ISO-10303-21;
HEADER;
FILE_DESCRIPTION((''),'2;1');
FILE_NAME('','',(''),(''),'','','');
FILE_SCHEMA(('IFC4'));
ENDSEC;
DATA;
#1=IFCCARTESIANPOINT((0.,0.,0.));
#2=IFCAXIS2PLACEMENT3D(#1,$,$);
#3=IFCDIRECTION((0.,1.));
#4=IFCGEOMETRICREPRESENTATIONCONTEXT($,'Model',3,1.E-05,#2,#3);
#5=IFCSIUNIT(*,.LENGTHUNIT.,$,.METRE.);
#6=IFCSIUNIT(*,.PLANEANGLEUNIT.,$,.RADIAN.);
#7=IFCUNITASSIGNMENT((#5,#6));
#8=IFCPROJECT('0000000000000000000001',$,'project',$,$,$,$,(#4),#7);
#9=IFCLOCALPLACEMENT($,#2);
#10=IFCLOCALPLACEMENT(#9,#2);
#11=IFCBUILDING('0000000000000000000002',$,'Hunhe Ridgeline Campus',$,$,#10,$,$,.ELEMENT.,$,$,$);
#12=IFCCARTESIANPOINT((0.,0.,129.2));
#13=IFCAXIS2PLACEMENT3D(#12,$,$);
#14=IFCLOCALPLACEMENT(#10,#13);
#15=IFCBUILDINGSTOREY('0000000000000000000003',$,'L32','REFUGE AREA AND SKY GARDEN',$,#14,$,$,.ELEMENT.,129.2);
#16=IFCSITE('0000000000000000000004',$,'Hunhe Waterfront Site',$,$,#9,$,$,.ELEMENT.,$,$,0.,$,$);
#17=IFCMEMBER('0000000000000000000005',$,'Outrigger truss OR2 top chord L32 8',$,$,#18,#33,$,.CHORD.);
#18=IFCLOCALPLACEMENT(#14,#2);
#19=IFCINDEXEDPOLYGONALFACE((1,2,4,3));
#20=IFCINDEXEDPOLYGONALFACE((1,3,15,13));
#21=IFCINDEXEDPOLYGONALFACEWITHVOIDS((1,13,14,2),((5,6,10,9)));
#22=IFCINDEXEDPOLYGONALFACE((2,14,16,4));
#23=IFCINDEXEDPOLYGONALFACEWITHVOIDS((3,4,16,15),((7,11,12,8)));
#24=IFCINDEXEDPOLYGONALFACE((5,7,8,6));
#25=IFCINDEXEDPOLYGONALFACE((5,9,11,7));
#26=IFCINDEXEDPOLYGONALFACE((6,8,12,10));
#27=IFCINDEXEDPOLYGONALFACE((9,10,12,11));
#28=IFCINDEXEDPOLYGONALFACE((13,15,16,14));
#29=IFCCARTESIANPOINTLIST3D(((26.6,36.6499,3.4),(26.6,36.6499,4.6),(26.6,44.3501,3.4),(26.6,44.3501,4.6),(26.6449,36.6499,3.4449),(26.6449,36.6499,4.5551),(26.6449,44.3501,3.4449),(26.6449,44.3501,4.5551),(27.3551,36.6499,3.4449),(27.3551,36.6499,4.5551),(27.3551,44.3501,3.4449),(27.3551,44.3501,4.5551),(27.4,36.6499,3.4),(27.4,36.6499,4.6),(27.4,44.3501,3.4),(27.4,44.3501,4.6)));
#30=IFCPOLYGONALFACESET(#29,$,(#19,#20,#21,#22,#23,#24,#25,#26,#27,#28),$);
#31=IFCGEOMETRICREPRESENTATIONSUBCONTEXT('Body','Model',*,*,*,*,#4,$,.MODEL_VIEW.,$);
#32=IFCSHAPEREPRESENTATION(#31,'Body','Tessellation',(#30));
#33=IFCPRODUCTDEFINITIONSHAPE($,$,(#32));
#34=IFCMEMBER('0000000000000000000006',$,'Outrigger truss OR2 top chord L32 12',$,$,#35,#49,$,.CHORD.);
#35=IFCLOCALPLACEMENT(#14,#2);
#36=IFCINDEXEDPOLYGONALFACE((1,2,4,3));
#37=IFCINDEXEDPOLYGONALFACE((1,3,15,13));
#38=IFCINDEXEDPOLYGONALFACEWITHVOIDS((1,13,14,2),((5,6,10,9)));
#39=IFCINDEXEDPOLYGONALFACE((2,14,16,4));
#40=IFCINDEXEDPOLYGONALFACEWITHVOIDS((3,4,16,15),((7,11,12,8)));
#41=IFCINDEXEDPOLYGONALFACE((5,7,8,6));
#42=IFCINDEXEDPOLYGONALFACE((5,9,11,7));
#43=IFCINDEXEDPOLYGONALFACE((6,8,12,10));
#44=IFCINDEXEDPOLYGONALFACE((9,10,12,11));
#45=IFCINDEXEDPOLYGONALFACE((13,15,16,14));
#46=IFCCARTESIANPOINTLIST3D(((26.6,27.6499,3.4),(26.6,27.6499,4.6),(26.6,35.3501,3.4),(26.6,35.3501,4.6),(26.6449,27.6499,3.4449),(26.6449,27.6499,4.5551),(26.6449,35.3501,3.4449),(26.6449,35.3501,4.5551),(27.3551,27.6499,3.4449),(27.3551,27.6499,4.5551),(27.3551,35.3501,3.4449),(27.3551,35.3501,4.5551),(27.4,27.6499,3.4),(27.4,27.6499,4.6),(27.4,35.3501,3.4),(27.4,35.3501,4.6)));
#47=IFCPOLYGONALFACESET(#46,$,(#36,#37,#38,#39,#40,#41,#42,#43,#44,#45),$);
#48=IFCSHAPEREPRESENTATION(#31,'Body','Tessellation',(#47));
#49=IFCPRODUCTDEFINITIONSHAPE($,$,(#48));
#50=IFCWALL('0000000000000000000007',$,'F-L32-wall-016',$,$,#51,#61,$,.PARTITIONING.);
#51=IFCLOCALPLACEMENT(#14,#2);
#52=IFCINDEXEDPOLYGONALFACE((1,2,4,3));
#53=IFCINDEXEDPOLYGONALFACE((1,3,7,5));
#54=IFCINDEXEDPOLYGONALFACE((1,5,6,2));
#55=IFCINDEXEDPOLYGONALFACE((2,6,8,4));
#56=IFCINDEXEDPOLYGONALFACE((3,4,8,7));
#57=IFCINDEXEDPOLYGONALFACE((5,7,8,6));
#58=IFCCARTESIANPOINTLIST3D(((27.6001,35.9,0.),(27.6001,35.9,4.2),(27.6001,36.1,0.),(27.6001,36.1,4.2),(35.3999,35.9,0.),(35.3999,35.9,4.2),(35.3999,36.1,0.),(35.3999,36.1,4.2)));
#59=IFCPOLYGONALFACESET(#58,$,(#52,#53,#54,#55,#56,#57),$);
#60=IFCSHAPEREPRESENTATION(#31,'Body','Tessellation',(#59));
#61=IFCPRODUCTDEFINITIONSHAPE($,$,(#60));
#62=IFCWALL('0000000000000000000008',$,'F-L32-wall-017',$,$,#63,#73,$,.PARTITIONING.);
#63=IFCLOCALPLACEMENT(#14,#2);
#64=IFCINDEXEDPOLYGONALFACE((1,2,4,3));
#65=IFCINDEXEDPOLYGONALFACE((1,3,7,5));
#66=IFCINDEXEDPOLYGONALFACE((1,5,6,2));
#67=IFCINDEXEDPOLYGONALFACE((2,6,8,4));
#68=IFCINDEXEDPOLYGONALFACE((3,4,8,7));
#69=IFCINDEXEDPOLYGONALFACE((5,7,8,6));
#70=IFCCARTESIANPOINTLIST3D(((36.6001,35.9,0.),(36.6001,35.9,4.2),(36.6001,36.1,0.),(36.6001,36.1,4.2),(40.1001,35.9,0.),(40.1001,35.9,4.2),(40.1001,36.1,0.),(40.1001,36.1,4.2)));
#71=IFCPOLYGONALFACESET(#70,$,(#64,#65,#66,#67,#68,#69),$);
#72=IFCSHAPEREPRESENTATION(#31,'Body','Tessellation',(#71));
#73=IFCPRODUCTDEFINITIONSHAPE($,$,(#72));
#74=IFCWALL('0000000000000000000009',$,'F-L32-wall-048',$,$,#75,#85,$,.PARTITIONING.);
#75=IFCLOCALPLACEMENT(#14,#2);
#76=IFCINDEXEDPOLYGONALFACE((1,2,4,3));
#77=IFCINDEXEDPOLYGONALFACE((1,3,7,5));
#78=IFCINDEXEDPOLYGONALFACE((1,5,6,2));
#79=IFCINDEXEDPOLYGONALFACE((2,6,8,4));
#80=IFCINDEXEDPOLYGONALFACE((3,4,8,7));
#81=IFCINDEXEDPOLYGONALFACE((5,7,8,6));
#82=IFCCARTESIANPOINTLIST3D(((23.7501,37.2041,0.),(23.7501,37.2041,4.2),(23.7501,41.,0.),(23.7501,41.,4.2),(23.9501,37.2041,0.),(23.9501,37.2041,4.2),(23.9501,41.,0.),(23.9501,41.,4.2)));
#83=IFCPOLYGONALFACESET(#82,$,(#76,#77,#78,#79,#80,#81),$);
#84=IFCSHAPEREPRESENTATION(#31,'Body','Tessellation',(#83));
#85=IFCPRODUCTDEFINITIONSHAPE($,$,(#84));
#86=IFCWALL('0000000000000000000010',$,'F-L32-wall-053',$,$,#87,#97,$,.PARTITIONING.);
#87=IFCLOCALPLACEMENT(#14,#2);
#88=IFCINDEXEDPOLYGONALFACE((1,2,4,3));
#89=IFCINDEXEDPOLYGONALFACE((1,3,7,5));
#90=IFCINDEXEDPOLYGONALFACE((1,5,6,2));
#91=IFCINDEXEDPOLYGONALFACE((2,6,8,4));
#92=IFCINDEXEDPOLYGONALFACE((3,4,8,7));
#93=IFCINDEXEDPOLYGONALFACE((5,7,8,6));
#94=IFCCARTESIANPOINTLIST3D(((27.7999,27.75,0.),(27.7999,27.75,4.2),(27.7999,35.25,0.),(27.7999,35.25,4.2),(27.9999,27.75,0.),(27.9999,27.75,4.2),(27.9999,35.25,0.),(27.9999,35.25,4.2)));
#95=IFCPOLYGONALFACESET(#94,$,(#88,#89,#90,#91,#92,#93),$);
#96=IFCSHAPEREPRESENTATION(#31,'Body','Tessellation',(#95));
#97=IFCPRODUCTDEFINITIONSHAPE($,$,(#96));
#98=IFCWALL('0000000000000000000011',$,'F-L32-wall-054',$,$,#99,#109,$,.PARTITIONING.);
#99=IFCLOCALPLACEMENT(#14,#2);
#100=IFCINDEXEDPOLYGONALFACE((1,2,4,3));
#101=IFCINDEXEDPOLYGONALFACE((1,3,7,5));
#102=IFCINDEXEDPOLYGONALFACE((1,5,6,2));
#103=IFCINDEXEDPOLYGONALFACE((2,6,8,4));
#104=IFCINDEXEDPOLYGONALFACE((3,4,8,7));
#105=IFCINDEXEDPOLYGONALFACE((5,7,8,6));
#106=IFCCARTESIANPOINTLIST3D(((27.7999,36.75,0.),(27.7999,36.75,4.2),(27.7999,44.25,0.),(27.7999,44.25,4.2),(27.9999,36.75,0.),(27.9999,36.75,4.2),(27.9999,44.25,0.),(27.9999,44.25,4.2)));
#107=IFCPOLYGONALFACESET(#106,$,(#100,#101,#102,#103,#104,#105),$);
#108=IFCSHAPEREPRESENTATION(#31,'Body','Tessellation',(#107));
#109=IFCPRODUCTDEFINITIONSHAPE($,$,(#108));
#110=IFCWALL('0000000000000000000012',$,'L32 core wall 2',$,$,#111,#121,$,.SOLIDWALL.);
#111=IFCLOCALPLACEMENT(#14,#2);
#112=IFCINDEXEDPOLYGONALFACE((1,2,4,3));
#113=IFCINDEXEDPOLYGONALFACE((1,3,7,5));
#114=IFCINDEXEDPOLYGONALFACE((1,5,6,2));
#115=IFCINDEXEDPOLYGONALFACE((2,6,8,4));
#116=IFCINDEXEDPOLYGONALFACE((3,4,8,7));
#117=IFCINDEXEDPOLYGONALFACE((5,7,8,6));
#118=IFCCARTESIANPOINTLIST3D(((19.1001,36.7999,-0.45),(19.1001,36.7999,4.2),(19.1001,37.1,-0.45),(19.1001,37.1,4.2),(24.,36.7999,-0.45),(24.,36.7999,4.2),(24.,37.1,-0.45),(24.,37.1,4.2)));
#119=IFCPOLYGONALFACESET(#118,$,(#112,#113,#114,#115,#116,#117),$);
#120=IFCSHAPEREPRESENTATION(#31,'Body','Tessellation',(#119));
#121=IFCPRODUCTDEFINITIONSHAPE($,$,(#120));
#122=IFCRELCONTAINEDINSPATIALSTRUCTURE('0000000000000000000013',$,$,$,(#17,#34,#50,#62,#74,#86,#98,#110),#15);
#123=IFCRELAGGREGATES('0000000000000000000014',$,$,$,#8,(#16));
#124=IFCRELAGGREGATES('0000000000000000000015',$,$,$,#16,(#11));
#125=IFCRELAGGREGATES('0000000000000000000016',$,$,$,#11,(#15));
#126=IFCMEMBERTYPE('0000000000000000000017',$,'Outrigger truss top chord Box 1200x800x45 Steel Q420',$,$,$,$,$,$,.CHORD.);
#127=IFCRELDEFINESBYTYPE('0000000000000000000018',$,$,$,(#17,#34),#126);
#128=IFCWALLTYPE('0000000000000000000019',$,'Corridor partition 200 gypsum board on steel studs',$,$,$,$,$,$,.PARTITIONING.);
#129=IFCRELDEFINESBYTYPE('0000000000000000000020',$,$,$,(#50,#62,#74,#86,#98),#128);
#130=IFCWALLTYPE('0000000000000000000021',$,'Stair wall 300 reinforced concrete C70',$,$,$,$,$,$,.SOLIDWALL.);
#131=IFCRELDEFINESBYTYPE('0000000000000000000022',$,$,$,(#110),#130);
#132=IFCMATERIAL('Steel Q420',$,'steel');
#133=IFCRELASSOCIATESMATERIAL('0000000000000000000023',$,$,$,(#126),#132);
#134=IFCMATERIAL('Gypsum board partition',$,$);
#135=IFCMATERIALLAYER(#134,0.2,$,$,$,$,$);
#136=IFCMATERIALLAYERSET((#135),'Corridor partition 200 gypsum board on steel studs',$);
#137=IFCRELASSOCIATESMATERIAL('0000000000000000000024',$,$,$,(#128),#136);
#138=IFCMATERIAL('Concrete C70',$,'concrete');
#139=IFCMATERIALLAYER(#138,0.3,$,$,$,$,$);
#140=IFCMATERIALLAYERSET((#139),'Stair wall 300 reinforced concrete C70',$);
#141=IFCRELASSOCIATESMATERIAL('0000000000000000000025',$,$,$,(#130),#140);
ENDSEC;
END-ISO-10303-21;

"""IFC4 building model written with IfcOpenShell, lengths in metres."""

from ifc_helpers import new_model, si_unit, direction, frame, frame_2d, origin, origin_2d, place, context, subcontext, project, spatial, rectangle, hollow_rectangle, extrude, material, layer, layer_set, material_profile, profile_set, type_object, element, save


model = new_model("IFC4")

# Units and contexts
model_context = context("Model", 3, precision=1e-05, world=origin(), true_north=direction((0.0, 1.0)))
body_context = subcontext(model_context, "Body", "Model", "MODEL_VIEW")
ifc_project = project(units=[si_unit("LENGTHUNIT", "METRE"), si_unit("PLANEANGLEUNIT", "RADIAN")], contexts=[model_context])

# Site, building, storey
site_placement = place(None, origin())
site = spatial("IfcSite", under=ifc_project, at=site_placement, Name="Hunhe Waterfront Site", CompositionType="ELEMENT", RefElevation=0.0)
building_placement = place(site_placement, origin())
building = spatial("IfcBuilding", under=site, at=building_placement, Name="Hunhe Ridgeline Campus", CompositionType="ELEMENT")
storey_placement = place(building_placement, frame((0.0, 0.0, 129.2)))
storey = spatial("IfcBuildingStorey", under=building, at=storey_placement, Name="L32", Description="REFUGE AREA AND SKY GARDEN", CompositionType="ELEMENT", Elevation=129.2)

# Shared definitions
ifc_material_1 = material(Name="Concrete C70", Category="concrete")

# Members
ifc_material_2 = material(Name="Steel Q420", Category="steel")
ifc_material_profile_1 = material_profile(ifc_material_2, hollow_rectangle(XDim=0.8, YDim=1.2, WallThickness=0.0449, at=origin_2d()))
ifc_profile_set_1 = profile_set([ifc_material_profile_1], Name="Steel Q420")
member_type_1 = type_object("IfcMemberType", Name="Outrigger truss top chord Box 1200x800x45 Steel Q420", PredefinedType="CHORD", material=ifc_profile_set_1)
for number, where, z_axis, x_axis, name in (
    (1, (27.0, 44.3501, 4.0), (0.0, -1.0, 0.0), (1.0, 0.0, 0.0), "Outrigger truss OR2 top chord L32 8"),
    (2, (27.0, 35.3501, 4.0), (0.0, -1.0, 0.0), (1.0, 0.0, 0.0), "Outrigger truss OR2 top chord L32 12"),
):
    element("IfcMember", number, at=place(storey_placement, frame(where, z_axis=z_axis, x_axis=x_axis)), inside=storey, type_object=member_type_1, Name=name, PredefinedType="CHORD", context=body_context, shape_type="SweptSolid", body=[
        extrude(hollow_rectangle(XDim=0.8, YDim=1.2, WallThickness=0.0449, at=origin_2d()), origin(), (0.0, 0.0, 1.0), 7.7002),
    ])

# Walls
ifc_material_3 = material(Name="Gypsum board partition")
ifc_layer_1 = layer(ifc_material_3, 0.2)
ifc_layer_set_1 = layer_set([ifc_layer_1], Name="Corridor partition 200 gypsum board on steel studs")
wall_type_1 = type_object("IfcWallType", Name="Corridor partition 200 gypsum board on steel studs", PredefinedType="PARTITIONING", material=ifc_layer_set_1)
wall_1_placement = place(storey_placement, frame((27.6001, 36.0, 0.0), z_axis=(0.0, 0.0, 1.0), x_axis=(1.0, 0.0, 0.0)))
element("IfcWall", 3, at=wall_1_placement, inside=storey, type_object=wall_type_1, Name="F-L32-wall-016", PredefinedType="PARTITIONING", context=body_context, shape_type="SweptSolid", body=[
    extrude(rectangle(XDim=7.7998, YDim=0.2, at=frame_2d((3.8999, 0.0))), origin(), (0.0, 0.0, 1.0), 4.2),
])
wall_2_placement = place(storey_placement, frame((36.6001, 36.0, 0.0), z_axis=(0.0, 0.0, 1.0), x_axis=(1.0, 0.0, 0.0)))
element("IfcWall", 4, at=wall_2_placement, inside=storey, type_object=wall_type_1, Name="F-L32-wall-017", PredefinedType="PARTITIONING", context=body_context, shape_type="SweptSolid", body=[
    extrude(rectangle(XDim=3.5, YDim=0.2, at=frame_2d((1.75, 0.0))), origin(), (0.0, 0.0, 1.0), 4.2),
])

# Wall
wall_3_placement = place(storey_placement, frame((23.8501, 37.2041, 0.0), z_axis=(0.0, 0.0, 1.0), x_axis=(0.0, 1.0, 0.0)))
element("IfcWall", 5, at=wall_3_placement, inside=storey, type_object=wall_type_1, Name="F-L32-wall-048", PredefinedType="PARTITIONING", context=body_context, shape_type="SweptSolid", body=[
    extrude(rectangle(XDim=3.7959, YDim=0.2, at=frame_2d((1.8979, 0.0))), origin(), (0.0, 0.0, 1.0), 4.2),
])

# Walls
for number, where, z_axis, x_axis, name in (
    (6, (27.8999, 35.25, 0.0), (0.0, 0.0, 1.0), (0.0, -1.0, 0.0), "F-L32-wall-053"),
    (7, (27.8999, 44.25, 0.0), (0.0, 0.0, 1.0), (0.0, -1.0, 0.0), "F-L32-wall-054"),
):
    element("IfcWall", number, at=place(storey_placement, frame(where, z_axis=z_axis, x_axis=x_axis)), inside=storey, type_object=wall_type_1, Name=name, PredefinedType="PARTITIONING", context=body_context, shape_type="SweptSolid", body=[
        extrude(rectangle(XDim=7.5, YDim=0.2, at=frame_2d((3.75, 0.0))), origin(), (0.0, 0.0, 1.0), 4.2),
    ])
ifc_layer_2 = layer(ifc_material_1, 0.3)
ifc_layer_set_2 = layer_set([ifc_layer_2], Name="Stair wall 300 reinforced concrete C70")
wall_type_2 = type_object("IfcWallType", Name="Stair wall 300 reinforced concrete C70", PredefinedType="SOLIDWALL", material=ifc_layer_set_2)
wall_4_placement = place(storey_placement, frame((19.1001, 36.95, -0.45), z_axis=(0.0, 0.0, 1.0), x_axis=(1.0, 0.0, 0.0)))
element("IfcWall", 8, at=wall_4_placement, inside=storey, type_object=wall_type_2, Name="L32 core wall 2", PredefinedType="SOLIDWALL", context=body_context, shape_type="SweptSolid", body=[
    extrude(rectangle(XDim=4.8999, YDim=0.3, at=frame_2d((2.45, 0.0))), origin(), (0.0, 0.0, 1.0), 4.6499),
])

save(model, "model.ifc")
